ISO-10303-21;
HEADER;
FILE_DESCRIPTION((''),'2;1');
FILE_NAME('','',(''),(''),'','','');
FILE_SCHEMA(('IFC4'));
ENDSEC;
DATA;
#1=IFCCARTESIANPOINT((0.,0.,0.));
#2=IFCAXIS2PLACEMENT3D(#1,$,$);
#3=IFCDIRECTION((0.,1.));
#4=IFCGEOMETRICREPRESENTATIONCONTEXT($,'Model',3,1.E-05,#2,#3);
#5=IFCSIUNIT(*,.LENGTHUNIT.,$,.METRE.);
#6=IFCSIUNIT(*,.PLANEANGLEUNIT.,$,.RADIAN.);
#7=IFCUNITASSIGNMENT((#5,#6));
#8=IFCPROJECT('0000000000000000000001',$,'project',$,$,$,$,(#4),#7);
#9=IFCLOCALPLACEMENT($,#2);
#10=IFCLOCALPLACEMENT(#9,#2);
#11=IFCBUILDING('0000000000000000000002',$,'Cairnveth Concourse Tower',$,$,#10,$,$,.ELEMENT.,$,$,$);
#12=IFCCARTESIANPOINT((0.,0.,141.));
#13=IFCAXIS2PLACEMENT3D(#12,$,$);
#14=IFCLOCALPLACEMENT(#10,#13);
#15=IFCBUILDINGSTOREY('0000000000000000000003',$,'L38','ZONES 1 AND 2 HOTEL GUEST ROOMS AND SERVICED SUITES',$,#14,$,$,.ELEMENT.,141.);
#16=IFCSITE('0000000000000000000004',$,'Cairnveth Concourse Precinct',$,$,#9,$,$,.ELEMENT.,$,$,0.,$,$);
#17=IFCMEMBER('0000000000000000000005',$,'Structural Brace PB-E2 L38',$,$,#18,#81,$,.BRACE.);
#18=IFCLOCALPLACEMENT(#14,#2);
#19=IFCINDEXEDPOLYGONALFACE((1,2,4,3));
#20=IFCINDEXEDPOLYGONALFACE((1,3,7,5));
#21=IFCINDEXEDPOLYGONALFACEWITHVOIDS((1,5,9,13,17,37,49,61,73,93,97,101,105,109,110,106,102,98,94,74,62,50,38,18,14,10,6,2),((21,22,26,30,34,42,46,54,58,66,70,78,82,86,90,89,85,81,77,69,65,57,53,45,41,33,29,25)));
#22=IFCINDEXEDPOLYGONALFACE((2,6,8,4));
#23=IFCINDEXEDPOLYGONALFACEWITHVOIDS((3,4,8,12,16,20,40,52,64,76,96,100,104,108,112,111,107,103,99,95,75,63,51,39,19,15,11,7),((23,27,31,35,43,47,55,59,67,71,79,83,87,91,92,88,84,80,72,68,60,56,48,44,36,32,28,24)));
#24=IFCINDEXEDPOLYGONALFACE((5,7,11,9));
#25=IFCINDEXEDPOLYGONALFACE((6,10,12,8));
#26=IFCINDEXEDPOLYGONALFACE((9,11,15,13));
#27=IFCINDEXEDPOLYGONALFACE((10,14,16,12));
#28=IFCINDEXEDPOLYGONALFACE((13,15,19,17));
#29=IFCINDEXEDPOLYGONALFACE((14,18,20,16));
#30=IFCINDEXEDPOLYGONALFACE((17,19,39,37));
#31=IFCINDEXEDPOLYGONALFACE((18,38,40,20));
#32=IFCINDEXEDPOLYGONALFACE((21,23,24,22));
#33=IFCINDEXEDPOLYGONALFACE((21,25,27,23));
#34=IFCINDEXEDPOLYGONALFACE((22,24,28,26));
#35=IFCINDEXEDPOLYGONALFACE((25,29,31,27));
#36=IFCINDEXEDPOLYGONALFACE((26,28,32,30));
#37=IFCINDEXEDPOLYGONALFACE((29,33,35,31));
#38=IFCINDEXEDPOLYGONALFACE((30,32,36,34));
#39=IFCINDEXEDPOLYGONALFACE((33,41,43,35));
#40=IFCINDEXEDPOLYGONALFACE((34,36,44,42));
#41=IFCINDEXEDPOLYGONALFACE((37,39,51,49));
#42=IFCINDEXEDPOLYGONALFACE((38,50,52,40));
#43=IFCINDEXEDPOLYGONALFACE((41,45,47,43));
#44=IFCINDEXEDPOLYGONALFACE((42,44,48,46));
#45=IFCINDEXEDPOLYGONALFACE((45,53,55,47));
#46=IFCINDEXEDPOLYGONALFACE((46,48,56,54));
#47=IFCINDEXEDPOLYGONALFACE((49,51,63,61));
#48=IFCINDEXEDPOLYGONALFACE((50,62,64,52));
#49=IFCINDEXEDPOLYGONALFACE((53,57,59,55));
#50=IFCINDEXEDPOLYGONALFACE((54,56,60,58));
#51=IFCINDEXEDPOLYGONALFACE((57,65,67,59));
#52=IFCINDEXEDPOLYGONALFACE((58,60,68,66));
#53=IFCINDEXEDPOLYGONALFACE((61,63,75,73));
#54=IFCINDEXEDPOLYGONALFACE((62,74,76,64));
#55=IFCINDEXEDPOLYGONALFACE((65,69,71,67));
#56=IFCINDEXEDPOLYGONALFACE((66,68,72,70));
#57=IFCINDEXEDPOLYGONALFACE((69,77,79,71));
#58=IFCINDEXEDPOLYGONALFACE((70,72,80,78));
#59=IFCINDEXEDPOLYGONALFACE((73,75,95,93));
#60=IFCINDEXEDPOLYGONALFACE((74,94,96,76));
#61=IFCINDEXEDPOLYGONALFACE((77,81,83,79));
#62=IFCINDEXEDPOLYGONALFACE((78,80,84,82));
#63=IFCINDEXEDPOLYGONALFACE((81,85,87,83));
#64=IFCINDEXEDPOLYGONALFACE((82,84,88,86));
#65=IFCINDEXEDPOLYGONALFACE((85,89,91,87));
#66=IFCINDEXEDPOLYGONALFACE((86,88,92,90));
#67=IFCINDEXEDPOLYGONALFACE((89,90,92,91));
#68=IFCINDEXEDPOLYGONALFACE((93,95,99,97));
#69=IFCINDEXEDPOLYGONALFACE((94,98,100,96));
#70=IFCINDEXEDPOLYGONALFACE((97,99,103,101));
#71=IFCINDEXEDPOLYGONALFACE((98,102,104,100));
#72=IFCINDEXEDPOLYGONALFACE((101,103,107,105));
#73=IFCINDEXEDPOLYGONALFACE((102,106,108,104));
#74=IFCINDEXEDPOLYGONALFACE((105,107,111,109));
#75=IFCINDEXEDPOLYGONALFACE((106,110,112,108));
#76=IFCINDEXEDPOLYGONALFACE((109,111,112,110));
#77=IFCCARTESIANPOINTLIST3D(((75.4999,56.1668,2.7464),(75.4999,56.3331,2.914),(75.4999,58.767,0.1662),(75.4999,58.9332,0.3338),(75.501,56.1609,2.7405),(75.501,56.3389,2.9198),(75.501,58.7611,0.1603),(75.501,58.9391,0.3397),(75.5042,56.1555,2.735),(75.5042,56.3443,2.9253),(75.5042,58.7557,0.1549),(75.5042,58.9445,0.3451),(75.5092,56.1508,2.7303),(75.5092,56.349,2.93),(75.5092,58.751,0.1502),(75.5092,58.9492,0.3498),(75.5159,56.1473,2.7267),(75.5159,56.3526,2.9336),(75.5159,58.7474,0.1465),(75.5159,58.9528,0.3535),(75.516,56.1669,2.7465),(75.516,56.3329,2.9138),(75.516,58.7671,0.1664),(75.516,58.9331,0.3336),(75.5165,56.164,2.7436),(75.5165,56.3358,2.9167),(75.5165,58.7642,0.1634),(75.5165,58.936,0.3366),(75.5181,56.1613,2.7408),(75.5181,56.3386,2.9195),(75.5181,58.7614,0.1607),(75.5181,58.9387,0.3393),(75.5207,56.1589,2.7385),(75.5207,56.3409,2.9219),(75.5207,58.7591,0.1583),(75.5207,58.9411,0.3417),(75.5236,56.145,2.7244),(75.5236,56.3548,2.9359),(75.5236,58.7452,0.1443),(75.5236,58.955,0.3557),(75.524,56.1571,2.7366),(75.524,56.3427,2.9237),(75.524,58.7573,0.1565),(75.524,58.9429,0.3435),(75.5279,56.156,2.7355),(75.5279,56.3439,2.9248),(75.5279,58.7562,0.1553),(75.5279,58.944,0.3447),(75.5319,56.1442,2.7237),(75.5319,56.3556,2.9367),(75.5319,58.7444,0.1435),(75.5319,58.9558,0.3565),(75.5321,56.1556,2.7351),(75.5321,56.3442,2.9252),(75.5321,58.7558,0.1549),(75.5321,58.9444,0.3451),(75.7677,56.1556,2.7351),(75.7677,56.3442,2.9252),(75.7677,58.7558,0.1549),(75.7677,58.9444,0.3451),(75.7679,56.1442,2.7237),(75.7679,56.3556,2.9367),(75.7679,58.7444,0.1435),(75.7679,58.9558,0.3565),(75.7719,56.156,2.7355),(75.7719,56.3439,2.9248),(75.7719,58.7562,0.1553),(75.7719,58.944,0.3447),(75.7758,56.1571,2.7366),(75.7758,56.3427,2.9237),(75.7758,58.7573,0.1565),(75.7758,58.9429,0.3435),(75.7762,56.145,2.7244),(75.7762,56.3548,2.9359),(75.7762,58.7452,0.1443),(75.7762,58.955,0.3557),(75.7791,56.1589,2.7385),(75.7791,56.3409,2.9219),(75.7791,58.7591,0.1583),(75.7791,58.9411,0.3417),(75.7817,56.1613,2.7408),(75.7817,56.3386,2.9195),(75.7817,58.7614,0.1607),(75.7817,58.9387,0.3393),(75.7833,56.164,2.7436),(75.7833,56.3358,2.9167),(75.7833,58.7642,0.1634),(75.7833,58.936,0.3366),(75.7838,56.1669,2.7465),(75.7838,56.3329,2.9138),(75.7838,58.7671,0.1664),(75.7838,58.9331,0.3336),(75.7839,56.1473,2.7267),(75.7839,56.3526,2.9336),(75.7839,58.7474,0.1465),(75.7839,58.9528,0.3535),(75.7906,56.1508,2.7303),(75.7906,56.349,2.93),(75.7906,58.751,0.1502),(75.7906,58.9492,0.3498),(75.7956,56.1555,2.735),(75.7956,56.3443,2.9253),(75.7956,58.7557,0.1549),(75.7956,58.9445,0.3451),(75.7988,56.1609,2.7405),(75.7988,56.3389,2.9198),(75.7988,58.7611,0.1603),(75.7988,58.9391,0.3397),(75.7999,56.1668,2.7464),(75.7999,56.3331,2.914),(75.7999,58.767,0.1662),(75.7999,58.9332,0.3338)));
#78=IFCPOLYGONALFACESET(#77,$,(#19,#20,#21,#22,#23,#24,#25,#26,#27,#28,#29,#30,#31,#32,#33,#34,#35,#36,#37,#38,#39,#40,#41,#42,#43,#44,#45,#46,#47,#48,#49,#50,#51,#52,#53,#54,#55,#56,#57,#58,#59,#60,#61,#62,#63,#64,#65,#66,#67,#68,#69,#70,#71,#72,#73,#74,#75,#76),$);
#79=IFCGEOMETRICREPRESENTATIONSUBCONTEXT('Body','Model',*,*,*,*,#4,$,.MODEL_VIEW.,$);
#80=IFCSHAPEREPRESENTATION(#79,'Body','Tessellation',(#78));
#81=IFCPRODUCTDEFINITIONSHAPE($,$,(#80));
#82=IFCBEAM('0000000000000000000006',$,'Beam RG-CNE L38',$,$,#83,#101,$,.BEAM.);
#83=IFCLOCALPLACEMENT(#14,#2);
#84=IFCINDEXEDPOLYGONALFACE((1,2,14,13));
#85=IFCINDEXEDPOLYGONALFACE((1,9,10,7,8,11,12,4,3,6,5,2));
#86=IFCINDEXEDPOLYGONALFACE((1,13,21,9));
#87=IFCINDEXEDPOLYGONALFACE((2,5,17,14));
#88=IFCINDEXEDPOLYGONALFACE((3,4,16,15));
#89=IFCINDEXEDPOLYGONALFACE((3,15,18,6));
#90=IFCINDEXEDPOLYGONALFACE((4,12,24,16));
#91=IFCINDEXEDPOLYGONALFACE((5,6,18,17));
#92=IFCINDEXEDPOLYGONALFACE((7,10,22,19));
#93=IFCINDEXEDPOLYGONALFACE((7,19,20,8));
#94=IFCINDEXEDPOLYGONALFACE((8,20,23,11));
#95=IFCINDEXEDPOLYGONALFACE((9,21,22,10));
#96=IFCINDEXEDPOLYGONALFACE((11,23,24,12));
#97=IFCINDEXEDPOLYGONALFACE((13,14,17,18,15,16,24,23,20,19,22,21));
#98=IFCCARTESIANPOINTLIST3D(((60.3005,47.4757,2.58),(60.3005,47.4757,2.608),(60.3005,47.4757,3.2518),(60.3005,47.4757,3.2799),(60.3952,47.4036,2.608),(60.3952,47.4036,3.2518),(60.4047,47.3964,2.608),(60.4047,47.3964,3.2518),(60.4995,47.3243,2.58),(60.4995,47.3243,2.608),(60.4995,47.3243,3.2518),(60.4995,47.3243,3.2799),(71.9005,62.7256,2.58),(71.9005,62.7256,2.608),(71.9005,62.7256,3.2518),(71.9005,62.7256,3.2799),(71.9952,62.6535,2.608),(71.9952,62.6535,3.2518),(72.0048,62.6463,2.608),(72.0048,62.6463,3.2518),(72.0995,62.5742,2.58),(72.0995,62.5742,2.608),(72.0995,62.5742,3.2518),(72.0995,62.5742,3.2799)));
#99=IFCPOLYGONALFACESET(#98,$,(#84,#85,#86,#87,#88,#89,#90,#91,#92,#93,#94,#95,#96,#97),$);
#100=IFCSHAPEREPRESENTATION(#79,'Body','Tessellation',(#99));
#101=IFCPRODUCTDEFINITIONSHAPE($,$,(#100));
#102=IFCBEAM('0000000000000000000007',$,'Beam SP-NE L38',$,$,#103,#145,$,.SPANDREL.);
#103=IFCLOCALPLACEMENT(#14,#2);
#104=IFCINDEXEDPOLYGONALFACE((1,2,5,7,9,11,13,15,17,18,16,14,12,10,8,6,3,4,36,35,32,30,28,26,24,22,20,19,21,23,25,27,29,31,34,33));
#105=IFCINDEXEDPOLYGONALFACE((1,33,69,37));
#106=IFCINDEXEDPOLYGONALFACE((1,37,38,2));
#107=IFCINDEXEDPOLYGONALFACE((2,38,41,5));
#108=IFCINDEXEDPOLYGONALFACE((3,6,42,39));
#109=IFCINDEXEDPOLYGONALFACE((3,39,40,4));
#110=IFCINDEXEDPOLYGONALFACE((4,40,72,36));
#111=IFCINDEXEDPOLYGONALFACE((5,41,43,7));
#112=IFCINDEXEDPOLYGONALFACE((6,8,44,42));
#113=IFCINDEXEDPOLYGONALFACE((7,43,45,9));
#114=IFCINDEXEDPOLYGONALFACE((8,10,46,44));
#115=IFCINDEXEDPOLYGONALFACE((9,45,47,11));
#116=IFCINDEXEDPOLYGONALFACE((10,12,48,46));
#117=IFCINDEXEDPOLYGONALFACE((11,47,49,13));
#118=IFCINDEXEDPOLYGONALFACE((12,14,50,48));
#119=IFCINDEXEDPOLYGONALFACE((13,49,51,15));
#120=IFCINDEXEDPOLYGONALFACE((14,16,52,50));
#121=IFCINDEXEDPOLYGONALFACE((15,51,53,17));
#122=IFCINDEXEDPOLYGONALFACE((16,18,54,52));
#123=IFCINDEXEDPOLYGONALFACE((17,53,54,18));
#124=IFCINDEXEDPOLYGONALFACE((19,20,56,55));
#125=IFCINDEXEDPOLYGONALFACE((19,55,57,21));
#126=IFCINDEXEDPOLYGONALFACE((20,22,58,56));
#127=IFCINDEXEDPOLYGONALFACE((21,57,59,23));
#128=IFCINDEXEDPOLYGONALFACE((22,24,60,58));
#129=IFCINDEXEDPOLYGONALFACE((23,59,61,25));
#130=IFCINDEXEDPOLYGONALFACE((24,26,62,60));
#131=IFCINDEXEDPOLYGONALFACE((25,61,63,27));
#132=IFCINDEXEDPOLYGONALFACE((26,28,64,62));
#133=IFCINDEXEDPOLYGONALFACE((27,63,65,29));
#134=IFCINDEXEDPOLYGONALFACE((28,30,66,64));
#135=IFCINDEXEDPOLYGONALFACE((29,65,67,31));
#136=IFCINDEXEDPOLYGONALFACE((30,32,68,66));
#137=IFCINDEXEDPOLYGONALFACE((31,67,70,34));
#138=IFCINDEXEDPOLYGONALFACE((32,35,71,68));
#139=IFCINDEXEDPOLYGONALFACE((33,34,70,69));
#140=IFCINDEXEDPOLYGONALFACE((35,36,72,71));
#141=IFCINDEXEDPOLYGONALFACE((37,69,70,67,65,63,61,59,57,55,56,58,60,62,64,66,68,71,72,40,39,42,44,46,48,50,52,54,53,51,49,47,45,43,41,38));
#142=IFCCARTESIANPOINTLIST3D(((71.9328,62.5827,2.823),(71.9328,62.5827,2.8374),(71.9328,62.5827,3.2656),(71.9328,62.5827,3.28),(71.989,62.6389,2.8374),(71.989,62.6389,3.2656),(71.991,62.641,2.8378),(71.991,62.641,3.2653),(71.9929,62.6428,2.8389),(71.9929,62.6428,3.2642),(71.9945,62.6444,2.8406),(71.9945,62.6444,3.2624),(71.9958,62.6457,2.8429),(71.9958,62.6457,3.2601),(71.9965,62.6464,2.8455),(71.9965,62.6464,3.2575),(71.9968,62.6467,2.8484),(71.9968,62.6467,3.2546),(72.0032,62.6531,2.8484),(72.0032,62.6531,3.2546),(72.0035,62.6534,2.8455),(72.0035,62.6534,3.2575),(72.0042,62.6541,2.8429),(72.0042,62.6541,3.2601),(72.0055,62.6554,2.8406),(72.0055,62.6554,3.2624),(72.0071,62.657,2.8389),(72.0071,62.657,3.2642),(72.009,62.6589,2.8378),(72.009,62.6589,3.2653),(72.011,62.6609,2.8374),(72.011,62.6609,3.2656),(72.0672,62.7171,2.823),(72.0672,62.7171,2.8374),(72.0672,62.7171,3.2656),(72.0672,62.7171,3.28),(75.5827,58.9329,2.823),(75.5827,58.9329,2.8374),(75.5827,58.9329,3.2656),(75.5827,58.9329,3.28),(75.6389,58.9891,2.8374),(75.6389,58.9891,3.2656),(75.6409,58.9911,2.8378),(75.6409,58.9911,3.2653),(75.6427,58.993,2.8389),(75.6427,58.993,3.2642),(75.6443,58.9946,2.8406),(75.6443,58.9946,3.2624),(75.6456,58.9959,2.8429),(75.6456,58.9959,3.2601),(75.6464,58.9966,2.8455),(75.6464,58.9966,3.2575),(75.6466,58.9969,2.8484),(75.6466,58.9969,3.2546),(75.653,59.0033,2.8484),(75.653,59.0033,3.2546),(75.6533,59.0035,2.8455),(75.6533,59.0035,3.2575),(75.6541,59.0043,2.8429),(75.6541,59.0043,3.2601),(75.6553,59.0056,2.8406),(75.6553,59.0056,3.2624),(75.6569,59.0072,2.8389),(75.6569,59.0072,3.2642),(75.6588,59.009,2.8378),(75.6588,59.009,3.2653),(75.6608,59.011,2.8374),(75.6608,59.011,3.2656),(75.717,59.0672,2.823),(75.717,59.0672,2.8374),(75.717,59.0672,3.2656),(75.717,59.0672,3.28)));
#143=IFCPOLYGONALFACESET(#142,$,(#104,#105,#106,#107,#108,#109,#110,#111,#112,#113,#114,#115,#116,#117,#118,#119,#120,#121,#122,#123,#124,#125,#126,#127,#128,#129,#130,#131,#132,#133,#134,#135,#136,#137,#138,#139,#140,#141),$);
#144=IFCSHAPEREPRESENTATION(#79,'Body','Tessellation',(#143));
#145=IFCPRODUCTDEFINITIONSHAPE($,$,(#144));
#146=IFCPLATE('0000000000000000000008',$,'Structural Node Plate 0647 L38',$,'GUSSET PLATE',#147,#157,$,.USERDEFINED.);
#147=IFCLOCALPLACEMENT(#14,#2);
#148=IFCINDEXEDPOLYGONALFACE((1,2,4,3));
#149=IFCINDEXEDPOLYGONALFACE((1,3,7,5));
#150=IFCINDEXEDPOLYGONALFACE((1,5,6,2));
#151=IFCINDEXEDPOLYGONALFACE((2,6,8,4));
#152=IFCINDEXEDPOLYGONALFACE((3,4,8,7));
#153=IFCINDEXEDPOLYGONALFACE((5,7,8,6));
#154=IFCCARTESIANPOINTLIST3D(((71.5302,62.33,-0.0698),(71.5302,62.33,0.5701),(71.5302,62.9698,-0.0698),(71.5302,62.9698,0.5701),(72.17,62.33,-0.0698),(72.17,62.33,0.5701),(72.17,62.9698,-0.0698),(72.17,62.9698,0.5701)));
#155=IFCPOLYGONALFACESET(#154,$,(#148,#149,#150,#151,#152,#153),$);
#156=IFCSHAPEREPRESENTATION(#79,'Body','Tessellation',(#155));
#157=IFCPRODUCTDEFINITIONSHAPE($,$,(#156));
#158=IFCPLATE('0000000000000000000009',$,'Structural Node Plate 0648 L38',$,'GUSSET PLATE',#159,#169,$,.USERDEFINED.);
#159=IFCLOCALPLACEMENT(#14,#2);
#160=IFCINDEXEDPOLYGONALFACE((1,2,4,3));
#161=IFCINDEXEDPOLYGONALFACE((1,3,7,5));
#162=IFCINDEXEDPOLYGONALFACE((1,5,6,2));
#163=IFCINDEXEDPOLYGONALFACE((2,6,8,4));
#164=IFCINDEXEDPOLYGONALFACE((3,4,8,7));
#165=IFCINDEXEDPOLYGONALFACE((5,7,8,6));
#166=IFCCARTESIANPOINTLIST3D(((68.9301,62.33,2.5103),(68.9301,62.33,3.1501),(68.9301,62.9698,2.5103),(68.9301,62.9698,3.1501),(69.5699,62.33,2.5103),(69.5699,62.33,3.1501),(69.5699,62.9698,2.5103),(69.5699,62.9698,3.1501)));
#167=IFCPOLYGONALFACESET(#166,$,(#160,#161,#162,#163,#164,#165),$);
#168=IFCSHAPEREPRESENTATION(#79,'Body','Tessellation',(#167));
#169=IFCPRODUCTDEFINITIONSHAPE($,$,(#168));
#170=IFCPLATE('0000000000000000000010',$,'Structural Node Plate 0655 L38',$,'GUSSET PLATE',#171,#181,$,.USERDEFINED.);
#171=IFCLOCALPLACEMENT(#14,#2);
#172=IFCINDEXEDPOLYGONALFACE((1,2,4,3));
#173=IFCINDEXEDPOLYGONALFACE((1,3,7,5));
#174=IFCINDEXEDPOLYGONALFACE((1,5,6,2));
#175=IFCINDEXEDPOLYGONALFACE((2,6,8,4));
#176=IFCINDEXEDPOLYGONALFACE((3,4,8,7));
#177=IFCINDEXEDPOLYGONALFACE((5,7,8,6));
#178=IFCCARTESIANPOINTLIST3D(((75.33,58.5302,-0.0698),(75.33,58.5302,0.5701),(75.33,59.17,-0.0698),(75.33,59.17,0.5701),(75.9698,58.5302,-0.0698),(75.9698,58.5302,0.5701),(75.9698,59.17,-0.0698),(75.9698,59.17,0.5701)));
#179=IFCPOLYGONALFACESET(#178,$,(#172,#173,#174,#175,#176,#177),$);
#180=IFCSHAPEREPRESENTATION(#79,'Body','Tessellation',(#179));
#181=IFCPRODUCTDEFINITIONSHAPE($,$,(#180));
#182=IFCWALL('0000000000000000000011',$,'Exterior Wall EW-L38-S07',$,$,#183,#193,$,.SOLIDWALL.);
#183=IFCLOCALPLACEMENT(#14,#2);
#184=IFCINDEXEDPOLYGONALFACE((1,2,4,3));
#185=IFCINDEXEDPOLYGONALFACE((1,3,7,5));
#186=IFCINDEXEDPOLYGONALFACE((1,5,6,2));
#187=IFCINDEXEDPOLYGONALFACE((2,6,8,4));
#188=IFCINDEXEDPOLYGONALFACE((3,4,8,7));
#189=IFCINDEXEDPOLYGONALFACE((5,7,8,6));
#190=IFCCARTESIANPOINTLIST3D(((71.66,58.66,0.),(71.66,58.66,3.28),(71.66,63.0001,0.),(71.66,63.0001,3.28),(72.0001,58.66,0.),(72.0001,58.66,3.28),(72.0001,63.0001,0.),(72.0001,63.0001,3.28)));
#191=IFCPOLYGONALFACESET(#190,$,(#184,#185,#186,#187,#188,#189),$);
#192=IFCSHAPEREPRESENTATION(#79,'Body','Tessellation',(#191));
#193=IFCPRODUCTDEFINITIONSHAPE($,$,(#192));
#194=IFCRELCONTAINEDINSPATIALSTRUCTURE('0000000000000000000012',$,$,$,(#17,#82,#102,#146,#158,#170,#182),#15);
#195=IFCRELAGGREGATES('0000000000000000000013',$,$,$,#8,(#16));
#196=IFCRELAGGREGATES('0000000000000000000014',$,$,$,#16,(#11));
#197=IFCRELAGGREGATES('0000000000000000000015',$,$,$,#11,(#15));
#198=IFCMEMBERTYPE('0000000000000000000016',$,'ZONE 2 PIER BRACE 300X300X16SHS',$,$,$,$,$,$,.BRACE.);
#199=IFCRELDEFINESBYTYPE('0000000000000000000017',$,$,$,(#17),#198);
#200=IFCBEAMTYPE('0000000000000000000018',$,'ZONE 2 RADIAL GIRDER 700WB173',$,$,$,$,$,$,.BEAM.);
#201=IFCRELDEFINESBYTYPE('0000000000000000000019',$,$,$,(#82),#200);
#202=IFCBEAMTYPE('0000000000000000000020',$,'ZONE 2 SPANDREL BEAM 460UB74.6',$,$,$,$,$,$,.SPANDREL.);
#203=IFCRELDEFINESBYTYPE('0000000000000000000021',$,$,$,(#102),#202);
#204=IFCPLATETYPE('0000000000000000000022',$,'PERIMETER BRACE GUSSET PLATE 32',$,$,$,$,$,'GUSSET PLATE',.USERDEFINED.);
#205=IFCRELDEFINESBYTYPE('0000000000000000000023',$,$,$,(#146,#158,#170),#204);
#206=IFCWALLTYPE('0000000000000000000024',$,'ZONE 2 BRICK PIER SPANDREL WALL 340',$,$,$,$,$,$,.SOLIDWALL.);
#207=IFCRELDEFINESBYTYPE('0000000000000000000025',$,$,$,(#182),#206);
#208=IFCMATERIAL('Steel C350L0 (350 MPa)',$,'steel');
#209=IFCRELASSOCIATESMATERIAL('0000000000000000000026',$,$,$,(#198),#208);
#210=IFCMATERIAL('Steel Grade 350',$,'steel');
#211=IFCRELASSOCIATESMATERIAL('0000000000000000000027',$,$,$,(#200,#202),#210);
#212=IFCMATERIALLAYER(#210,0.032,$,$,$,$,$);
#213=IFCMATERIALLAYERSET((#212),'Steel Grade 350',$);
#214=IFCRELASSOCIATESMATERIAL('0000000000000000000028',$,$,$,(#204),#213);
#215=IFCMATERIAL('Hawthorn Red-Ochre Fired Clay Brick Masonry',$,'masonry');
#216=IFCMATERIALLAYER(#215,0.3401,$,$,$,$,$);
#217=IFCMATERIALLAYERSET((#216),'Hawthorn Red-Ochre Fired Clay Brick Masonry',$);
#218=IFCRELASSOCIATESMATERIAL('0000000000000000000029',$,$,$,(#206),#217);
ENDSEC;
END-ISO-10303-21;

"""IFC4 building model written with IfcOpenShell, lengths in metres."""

from ifc_helpers import new_model, si_unit, direction, frame, frame_2d, origin, origin_2d, place, context, subcontext, project, spatial, rectangle, hollow_rectangle, i_section, extrude, material, layer, layer_set, material_profile, profile_set, type_object, element, save


model = new_model("IFC4")

# Units and contexts
model_context = context("Model", 3, precision=1e-05, world=origin(), true_north=direction((0.0, 1.0)))
body_context = subcontext(model_context, "Body", "Model", "MODEL_VIEW")
ifc_project = project(units=[si_unit("LENGTHUNIT", "METRE"), si_unit("PLANEANGLEUNIT", "RADIAN")], contexts=[model_context])

# Site, building, storey
site_placement = place(None, origin())
site = spatial("IfcSite", under=ifc_project, at=site_placement, Name="Cairnveth Concourse Precinct", CompositionType="ELEMENT", RefElevation=0.0)
building_placement = place(site_placement, origin())
building = spatial("IfcBuilding", under=site, at=building_placement, Name="Cairnveth Concourse Tower", CompositionType="ELEMENT")
storey_placement = place(building_placement, frame((0.0, 0.0, 141.0)))
storey = spatial("IfcBuildingStorey", under=building, at=storey_placement, Name="L38", Description="ZONES 1 AND 2 HOTEL GUEST ROOMS AND SERVICED SUITES", CompositionType="ELEMENT", Elevation=141.0)

# Shared definitions
ifc_material_1 = material(Name="Steel Grade 350", Category="steel")

# Member
ifc_material_2 = material(Name="Steel C350L0 (350 MPa)", Category="steel")
ifc_material_profile_1 = material_profile(ifc_material_2, hollow_rectangle(XDim=0.3, YDim=0.3, WallThickness=0.0161, InnerFilletRadius=0.0161, OuterFilletRadius=0.032, at=origin_2d()), Name="300x300x16.0SHS")
ifc_profile_set_1 = profile_set([ifc_material_profile_1], Name="Steel C350L0 (350 MPa)")
member_type = type_object("IfcMemberType", Name="ZONE 2 PIER BRACE 300X300X16SHS", PredefinedType="BRACE", material=ifc_profile_set_1)
for number, where, z_axis, x_axis, name in (
    (1, (75.6499, 58.8501, 0.25), (0.0, -0.709834, 0.704369), (1.0, 0.0, 0.0), "Structural Brace PB-E2 L38"),
):
    element("IfcMember", number, at=place(storey_placement, frame(where, z_axis=z_axis, x_axis=x_axis)), inside=storey, type_object=member_type, Name=name, PredefinedType="BRACE", context=body_context, shape_type="SweptSolid", body=[
        extrude(hollow_rectangle(XDim=0.3, YDim=0.3, WallThickness=0.0161, InnerFilletRadius=0.0161, OuterFilletRadius=0.032, at=origin_2d()), origin(), (0.0, 0.0, 1.0), 3.6631),
    ])

# Beams
ifc_material_profile_2 = material_profile(ifc_material_1, i_section(OverallWidth=0.25, OverallDepth=0.7, WebThickness=0.012, FlangeThickness=0.0281, at=origin_2d()), Name="700WB173")
ifc_profile_set_2 = profile_set([ifc_material_profile_2], Name="Steel Grade 350")
beam_type_1 = type_object("IfcBeamType", Name="ZONE 2 RADIAL GIRDER 700WB173", PredefinedType="BEAM", material=ifc_profile_set_2)
beam_1_placement = place(storey_placement, frame((72.0, 62.6499, 2.9299), z_axis=(-0.605417, -0.795908, 0.0), x_axis=(0.795908, -0.605417, 0.0)))
element("IfcBeam", 2, at=beam_1_placement, inside=storey, type_object=beam_type_1, Name="Beam RG-CNE L38", PredefinedType="BEAM", context=body_context, shape_type="SweptSolid", body=[
    extrude(i_section(OverallWidth=0.25, OverallDepth=0.7, WebThickness=0.012, FlangeThickness=0.0281, at=origin_2d()), origin(), (0.0, 0.0, 1.0), 19.1604),
])
ifc_material_profile_3 = material_profile(ifc_material_1, i_section(OverallWidth=0.1899, OverallDepth=0.457, WebThickness=0.009, FlangeThickness=0.0144, FilletRadius=0.011, at=origin_2d()), Name="460UB74.6")
ifc_profile_set_3 = profile_set([ifc_material_profile_3], Name="Steel Grade 350")
beam_type_2 = type_object("IfcBeamType", Name="ZONE 2 SPANDREL BEAM 460UB74.6", PredefinedType="SPANDREL", material=ifc_profile_set_3)
beam_2_placement = place(storey_placement, frame((72.0, 62.6499, 3.0515), z_axis=(0.707107, -0.707107, 0.0), x_axis=(0.707107, 0.707107, 0.0)))
element("IfcBeam", 3, at=beam_2_placement, inside=storey, type_object=beam_type_2, Name="Beam SP-NE L38", PredefinedType="SPANDREL", context=body_context, shape_type="SweptSolid", body=[
    extrude(i_section(OverallWidth=0.1899, OverallDepth=0.457, WebThickness=0.009, FlangeThickness=0.0144, FilletRadius=0.011, at=origin_2d()), origin(), (0.0, 0.0, 1.0), 5.1616),
])

# Plates
ifc_layer_1 = layer(ifc_material_1, 0.032)
ifc_layer_set_1 = layer_set([ifc_layer_1], Name="Steel Grade 350")
plate_type = type_object("IfcPlateType", Name="PERIMETER BRACE GUSSET PLATE 32", ElementType="GUSSET PLATE", PredefinedType="USERDEFINED", material=ifc_layer_set_1)
for number, where, z_axis, x_axis, name in (
    (4, (71.8501, 62.6499, -0.0698), (0.0, 0.0, 1.0), (1.0, 0.0, 0.0), "Structural Node Plate 0647 L38"),
    (5, (69.25, 62.6499, 2.5103), (0.0, 0.0, 1.0), (1.0, 0.0, 0.0), "Structural Node Plate 0648 L38"),
    (6, (75.6499, 58.8501, -0.0698), (0.0, 0.0, 1.0), (1.0, 0.0, 0.0), "Structural Node Plate 0655 L38"),
):
    element("IfcPlate", number, at=place(storey_placement, frame(where, z_axis=z_axis, x_axis=x_axis)), inside=storey, type_object=plate_type, Name=name, ObjectType="GUSSET PLATE", PredefinedType="USERDEFINED", context=body_context, shape_type="SweptSolid", body=[
        extrude(rectangle(XDim=0.6399, YDim=0.6399, at=origin_2d()), origin(), (0.0, 0.0, 1.0), 0.6399),
    ])

# Wall
ifc_material_3 = material(Name="Hawthorn Red-Ochre Fired Clay Brick Masonry", Category="masonry")
ifc_layer_2 = layer(ifc_material_3, 0.3401)
ifc_layer_set_2 = layer_set([ifc_layer_2], Name="Hawthorn Red-Ochre Fired Clay Brick Masonry")
wall_type = type_object("IfcWallType", Name="ZONE 2 BRICK PIER SPANDREL WALL 340", PredefinedType="SOLIDWALL", material=ifc_layer_set_2)
wall_1_placement = place(storey_placement, frame((71.8301, 63.0, 0.0), z_axis=(0.0, 0.0, 1.0), x_axis=(0.0, -1.0, 0.0)))
element("IfcWall", 7, at=wall_1_placement, inside=storey, type_object=wall_type, Name="Exterior Wall EW-L38-S07", PredefinedType="SOLIDWALL", context=body_context, shape_type="SweptSolid", body=[
    extrude(rectangle(XDim=4.3401, YDim=0.3401, at=frame_2d((2.1699, 0.0))), origin(), (0.0, 0.0, 1.0), 3.28),
])

save(model, "model.ifc")
